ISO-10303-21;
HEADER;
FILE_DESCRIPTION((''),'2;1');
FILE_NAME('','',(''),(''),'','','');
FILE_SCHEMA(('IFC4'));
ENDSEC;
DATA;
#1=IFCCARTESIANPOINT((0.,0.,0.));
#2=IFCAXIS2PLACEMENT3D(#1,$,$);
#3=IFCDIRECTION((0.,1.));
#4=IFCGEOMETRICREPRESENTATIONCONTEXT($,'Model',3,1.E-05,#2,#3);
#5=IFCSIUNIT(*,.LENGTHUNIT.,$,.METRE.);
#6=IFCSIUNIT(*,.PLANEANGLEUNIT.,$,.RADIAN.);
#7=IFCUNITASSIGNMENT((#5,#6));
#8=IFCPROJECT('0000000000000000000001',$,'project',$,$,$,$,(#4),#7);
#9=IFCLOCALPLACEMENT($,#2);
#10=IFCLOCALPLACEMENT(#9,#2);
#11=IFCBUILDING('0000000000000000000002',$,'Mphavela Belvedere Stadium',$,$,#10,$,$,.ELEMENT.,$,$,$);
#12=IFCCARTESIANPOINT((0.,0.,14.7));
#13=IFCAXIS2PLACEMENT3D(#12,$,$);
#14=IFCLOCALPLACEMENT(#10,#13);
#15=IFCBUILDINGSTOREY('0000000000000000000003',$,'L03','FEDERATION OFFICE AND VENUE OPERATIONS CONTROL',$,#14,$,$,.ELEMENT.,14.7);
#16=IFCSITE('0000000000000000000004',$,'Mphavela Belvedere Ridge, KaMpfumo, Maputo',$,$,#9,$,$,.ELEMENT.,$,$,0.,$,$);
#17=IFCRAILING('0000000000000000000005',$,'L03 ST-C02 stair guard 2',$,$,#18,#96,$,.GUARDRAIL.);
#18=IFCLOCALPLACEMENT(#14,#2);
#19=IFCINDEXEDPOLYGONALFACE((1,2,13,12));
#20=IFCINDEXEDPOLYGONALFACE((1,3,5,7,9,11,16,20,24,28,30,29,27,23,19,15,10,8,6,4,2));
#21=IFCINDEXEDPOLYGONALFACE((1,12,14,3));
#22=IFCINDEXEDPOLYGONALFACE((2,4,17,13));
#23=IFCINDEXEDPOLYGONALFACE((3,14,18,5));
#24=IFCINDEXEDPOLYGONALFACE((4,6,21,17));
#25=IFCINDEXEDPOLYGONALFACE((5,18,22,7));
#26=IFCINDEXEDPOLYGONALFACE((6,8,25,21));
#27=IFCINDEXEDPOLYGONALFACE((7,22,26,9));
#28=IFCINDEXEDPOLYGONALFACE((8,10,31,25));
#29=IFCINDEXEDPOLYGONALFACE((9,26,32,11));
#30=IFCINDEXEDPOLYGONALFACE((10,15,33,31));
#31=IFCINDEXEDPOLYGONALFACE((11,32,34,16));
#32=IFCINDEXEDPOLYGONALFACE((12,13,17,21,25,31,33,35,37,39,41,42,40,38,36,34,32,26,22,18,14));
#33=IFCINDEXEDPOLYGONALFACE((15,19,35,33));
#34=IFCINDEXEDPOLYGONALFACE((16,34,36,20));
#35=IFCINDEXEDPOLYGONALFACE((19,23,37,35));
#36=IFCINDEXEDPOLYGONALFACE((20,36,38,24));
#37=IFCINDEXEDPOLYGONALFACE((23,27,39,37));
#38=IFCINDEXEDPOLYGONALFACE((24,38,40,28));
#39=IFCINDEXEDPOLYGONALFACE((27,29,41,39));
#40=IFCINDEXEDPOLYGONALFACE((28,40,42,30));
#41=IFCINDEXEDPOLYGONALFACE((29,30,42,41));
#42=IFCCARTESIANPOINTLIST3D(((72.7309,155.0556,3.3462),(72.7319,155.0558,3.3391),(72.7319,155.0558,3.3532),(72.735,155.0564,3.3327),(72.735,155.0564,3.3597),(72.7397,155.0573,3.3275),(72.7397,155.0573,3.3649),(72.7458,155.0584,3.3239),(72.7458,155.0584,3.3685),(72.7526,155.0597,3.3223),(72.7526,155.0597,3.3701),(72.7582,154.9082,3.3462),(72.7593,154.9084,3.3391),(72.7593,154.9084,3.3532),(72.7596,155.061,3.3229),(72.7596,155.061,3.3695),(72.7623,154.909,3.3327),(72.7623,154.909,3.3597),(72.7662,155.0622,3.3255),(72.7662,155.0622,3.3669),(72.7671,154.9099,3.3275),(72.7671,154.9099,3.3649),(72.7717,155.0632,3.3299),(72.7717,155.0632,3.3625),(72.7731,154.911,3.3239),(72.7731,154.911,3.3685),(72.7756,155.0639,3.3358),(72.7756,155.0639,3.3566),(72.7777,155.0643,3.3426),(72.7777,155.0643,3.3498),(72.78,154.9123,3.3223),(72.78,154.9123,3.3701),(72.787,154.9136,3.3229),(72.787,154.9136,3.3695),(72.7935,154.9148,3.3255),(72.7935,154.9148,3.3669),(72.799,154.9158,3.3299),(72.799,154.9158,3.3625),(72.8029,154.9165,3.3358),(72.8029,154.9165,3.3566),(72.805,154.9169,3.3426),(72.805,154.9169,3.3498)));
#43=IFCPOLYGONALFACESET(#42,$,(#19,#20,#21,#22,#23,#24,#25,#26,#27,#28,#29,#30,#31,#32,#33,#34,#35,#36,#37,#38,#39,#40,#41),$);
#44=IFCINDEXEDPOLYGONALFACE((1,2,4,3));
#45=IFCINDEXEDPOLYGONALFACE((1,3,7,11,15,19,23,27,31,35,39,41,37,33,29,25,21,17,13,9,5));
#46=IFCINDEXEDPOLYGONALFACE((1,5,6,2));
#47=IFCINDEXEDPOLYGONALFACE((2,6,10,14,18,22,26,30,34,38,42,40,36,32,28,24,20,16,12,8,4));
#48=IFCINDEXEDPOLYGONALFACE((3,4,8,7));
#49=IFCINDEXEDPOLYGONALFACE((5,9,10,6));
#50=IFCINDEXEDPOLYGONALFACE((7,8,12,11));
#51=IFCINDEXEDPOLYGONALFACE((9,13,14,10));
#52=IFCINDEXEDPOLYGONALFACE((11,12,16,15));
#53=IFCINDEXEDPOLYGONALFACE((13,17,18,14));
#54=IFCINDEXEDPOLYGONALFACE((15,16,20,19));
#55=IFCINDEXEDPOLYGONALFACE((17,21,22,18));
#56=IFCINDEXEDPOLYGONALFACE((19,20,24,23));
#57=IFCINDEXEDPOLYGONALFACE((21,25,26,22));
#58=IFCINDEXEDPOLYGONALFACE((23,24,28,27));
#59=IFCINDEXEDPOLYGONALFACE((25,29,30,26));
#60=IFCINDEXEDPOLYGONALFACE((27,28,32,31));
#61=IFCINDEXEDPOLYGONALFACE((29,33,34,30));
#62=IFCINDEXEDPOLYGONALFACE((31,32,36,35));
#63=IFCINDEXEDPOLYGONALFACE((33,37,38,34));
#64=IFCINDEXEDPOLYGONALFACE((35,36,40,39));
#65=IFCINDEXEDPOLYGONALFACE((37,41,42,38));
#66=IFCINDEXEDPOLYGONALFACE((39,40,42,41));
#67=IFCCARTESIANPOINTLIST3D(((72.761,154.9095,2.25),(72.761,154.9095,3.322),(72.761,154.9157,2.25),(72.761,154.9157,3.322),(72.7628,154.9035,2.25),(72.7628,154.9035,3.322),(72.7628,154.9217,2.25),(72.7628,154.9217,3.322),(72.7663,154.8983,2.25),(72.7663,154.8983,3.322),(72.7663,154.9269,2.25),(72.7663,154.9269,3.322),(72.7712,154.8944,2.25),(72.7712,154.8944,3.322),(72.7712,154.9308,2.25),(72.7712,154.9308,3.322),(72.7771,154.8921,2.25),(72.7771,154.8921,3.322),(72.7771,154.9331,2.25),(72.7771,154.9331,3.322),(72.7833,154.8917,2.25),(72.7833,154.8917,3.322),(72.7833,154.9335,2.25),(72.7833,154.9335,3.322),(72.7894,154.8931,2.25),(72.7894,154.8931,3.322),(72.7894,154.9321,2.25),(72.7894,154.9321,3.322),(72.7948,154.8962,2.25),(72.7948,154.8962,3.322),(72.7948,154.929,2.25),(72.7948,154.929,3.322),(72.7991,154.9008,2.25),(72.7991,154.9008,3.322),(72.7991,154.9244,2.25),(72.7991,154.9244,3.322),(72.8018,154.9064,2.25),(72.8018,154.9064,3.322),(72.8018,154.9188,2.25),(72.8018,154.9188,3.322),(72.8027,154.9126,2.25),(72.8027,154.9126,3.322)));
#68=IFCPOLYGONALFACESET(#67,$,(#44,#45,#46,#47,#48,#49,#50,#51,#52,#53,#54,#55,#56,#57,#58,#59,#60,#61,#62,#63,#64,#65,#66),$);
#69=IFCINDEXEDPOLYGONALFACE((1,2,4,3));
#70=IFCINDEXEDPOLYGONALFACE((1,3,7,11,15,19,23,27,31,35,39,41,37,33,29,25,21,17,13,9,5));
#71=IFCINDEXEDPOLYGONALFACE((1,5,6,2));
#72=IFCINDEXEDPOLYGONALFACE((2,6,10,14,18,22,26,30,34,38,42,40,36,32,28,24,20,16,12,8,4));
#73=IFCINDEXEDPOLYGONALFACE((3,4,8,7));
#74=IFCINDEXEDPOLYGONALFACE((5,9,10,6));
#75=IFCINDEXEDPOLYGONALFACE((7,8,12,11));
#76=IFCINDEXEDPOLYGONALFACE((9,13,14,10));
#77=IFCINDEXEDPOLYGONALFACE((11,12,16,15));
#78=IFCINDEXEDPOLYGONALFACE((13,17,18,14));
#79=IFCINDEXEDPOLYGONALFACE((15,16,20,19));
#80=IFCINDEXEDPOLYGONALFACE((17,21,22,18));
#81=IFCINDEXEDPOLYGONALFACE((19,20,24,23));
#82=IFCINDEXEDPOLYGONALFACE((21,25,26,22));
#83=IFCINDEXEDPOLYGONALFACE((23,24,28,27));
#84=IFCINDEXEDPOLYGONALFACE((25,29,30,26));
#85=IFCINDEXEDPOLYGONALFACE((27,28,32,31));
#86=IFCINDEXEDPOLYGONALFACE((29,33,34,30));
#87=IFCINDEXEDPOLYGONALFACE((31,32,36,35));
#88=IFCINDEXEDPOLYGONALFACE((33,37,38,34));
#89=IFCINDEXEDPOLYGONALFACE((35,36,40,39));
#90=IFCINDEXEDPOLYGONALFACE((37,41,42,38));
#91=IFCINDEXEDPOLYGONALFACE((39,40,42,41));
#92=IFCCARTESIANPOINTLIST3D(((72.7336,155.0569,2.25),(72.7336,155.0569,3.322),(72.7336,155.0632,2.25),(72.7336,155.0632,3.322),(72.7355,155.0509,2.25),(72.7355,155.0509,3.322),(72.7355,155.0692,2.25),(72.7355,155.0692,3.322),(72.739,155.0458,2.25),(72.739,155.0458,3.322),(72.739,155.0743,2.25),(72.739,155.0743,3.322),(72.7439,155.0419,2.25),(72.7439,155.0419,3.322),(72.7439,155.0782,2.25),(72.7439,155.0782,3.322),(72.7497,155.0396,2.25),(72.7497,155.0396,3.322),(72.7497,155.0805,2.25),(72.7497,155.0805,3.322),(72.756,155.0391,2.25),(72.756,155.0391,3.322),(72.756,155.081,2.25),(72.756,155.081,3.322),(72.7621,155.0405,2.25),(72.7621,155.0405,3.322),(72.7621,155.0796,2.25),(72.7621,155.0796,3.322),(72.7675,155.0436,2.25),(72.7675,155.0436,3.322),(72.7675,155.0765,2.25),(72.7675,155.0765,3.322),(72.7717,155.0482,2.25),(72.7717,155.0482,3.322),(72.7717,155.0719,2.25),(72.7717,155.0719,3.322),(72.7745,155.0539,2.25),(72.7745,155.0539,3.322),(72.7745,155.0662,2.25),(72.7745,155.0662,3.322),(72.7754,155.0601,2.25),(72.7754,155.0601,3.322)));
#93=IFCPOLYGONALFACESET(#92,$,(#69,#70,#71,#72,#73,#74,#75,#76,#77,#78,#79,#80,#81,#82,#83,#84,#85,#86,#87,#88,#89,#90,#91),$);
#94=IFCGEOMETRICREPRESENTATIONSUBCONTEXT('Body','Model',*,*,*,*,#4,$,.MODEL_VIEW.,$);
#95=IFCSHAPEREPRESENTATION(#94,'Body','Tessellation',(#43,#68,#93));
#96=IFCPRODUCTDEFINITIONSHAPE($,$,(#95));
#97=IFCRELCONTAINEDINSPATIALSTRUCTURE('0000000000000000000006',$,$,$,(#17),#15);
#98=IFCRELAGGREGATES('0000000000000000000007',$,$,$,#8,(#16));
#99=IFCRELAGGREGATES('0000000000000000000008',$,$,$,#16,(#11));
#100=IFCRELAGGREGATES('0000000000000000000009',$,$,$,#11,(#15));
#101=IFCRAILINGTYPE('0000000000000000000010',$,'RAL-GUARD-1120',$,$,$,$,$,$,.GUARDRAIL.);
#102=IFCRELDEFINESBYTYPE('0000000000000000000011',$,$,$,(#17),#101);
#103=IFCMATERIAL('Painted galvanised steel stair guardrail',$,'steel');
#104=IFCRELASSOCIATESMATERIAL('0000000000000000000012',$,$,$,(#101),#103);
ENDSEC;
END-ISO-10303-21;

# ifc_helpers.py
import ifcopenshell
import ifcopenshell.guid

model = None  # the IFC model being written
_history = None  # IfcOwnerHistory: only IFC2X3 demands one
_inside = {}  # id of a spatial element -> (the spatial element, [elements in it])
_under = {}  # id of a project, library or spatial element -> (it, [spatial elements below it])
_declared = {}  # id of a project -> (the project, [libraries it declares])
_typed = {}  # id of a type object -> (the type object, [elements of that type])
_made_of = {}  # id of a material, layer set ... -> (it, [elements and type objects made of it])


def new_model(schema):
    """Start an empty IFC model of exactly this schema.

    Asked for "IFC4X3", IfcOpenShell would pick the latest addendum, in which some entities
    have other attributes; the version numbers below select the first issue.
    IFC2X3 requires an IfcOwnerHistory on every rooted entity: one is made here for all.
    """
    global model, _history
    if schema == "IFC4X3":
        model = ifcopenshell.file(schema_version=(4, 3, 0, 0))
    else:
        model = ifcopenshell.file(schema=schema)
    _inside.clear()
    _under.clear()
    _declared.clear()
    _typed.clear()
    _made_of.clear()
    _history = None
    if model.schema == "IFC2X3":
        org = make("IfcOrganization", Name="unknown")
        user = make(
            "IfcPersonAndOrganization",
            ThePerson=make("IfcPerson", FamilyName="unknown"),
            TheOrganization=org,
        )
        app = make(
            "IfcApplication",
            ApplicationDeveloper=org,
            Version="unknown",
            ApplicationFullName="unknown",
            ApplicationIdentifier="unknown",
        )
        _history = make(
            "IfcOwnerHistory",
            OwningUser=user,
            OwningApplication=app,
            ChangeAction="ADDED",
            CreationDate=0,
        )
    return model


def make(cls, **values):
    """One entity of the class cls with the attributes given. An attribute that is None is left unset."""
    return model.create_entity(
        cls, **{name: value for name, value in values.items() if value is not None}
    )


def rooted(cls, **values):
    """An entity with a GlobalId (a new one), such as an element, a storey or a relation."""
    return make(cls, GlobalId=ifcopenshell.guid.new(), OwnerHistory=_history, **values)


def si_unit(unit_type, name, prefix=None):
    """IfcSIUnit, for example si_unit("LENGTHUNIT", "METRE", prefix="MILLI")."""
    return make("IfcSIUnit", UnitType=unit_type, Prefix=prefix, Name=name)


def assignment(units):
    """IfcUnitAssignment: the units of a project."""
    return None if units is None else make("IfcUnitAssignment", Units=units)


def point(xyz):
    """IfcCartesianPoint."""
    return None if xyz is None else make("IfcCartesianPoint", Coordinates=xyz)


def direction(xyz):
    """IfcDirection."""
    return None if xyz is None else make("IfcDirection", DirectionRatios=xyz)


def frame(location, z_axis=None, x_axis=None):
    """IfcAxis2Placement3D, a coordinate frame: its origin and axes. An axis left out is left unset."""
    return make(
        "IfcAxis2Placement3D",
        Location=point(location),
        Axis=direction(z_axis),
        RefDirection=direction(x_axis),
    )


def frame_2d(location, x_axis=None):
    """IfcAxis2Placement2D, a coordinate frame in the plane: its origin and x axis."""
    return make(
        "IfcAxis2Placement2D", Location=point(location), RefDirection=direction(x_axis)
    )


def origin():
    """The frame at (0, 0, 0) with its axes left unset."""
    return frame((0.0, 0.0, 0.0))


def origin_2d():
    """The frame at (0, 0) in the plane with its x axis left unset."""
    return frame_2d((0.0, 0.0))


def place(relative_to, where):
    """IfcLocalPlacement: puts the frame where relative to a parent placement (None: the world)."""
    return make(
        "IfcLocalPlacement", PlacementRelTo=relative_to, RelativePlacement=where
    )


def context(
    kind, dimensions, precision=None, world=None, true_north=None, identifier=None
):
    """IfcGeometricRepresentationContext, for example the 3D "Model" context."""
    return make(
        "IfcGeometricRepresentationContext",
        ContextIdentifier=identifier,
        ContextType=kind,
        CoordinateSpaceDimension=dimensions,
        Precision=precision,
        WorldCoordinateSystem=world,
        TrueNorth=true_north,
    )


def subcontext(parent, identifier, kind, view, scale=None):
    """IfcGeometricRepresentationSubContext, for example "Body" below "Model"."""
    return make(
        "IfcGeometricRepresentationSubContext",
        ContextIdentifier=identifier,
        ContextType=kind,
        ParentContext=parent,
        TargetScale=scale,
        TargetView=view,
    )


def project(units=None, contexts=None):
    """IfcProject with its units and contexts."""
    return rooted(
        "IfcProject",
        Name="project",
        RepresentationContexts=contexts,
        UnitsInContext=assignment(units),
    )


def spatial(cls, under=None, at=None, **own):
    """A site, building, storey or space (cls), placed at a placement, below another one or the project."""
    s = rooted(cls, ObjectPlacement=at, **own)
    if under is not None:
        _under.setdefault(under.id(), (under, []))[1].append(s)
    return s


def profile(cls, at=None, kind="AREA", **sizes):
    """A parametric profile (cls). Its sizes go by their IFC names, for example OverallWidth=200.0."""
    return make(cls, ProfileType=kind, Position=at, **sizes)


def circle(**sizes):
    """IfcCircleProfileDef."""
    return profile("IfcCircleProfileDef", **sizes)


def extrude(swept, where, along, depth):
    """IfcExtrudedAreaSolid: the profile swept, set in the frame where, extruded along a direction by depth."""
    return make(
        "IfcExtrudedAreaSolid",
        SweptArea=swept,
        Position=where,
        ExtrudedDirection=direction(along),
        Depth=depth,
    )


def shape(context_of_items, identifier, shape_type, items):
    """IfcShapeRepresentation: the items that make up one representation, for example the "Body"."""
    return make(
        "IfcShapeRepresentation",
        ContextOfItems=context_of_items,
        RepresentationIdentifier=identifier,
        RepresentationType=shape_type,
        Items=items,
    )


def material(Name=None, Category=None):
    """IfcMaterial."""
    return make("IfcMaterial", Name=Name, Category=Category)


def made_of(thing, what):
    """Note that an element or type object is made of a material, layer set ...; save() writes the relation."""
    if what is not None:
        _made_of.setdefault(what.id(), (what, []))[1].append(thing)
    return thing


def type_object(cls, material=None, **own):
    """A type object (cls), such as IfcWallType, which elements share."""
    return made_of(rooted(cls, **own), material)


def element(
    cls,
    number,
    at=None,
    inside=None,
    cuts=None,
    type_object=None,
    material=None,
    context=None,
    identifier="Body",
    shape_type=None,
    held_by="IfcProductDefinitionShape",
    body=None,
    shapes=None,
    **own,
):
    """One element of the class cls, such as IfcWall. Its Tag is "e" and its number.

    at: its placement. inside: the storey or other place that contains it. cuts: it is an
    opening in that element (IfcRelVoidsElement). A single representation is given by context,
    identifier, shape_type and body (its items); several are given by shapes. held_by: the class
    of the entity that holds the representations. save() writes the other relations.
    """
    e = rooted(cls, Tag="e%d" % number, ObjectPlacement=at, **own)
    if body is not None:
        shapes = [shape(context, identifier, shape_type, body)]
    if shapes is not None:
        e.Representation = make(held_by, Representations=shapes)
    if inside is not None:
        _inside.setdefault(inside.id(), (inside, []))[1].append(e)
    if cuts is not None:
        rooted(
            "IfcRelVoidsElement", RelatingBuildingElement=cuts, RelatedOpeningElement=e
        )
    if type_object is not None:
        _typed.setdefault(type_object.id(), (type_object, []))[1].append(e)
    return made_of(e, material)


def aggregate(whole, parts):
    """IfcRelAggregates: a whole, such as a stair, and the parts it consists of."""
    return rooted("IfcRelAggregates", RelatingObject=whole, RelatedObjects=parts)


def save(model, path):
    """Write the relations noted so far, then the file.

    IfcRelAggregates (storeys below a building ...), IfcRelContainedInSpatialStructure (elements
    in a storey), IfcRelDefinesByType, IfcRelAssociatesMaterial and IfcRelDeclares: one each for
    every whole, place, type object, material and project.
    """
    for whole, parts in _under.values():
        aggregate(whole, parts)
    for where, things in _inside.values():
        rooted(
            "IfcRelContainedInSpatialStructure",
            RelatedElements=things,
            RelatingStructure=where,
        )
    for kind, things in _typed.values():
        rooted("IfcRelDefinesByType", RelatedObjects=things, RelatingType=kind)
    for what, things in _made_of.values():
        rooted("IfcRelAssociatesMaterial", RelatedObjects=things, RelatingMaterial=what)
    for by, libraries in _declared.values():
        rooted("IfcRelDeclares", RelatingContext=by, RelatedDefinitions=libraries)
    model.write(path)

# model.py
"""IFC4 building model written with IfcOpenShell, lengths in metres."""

from ifc_helpers import new_model, si_unit, direction, frame, origin, origin_2d, place, context, subcontext, project, spatial, circle, extrude, material, type_object, element, save


model = new_model("IFC4")

# Units and contexts
model_context = context("Model", 3, precision=1e-05, world=origin(), true_north=direction((0.0, 1.0)))
body_context = subcontext(model_context, "Body", "Model", "MODEL_VIEW")
ifc_project = project(units=[si_unit("LENGTHUNIT", "METRE"), si_unit("PLANEANGLEUNIT", "RADIAN")], contexts=[model_context])

# Site, building, storey
site_placement = place(None, origin())
site = spatial("IfcSite", under=ifc_project, at=site_placement, Name="Mphavela Belvedere Ridge, KaMpfumo, Maputo", CompositionType="ELEMENT", RefElevation=0.0)
building_placement = place(site_placement, origin())
building = spatial("IfcBuilding", under=site, at=building_placement, Name="Mphavela Belvedere Stadium", CompositionType="ELEMENT")
storey_placement = place(building_placement, frame((0.0, 0.0, 14.7)))
storey = spatial("IfcBuildingStorey", under=building, at=storey_placement, Name="L03", Description="FEDERATION OFFICE AND VENUE OPERATIONS CONTROL", CompositionType="ELEMENT", Elevation=14.7)

# Railing
ifc_material_1 = material(Name="Painted galvanised steel stair guardrail", Category="steel")
railing_type_1 = type_object("IfcRailingType", Name="RAL-GUARD-1120", PredefinedType="GUARDRAIL", material=ifc_material_1)
railing_1_placement = place(storey_placement, frame((72.7817, 154.9126, 2.25)))
element("IfcRailing", 1, at=railing_1_placement, inside=storey, type_object=railing_type_1, Name="L03 ST-C02 stair guard 2", PredefinedType="GUARDRAIL", context=body_context, shape_type="SweptSolid", body=[
    extrude(circle(Radius=0.0239, at=origin_2d()), frame((0.0, 0.0, 1.0962), z_axis=(-0.182322, 0.983239, 0.0), x_axis=(-0.983239, -0.182322, 0.0)), (0.0, 0.0, 1.0), 0.1499),
    extrude(circle(Radius=0.021, at=origin_2d()), origin(), (0.0, 0.0, 1.0), 1.072),
    extrude(circle(Radius=0.021, at=origin_2d()), frame((-0.0273, 0.1475, 0.0)), (0.0, 0.0, 1.0), 1.072),
])

save(model, "model.ifc")
